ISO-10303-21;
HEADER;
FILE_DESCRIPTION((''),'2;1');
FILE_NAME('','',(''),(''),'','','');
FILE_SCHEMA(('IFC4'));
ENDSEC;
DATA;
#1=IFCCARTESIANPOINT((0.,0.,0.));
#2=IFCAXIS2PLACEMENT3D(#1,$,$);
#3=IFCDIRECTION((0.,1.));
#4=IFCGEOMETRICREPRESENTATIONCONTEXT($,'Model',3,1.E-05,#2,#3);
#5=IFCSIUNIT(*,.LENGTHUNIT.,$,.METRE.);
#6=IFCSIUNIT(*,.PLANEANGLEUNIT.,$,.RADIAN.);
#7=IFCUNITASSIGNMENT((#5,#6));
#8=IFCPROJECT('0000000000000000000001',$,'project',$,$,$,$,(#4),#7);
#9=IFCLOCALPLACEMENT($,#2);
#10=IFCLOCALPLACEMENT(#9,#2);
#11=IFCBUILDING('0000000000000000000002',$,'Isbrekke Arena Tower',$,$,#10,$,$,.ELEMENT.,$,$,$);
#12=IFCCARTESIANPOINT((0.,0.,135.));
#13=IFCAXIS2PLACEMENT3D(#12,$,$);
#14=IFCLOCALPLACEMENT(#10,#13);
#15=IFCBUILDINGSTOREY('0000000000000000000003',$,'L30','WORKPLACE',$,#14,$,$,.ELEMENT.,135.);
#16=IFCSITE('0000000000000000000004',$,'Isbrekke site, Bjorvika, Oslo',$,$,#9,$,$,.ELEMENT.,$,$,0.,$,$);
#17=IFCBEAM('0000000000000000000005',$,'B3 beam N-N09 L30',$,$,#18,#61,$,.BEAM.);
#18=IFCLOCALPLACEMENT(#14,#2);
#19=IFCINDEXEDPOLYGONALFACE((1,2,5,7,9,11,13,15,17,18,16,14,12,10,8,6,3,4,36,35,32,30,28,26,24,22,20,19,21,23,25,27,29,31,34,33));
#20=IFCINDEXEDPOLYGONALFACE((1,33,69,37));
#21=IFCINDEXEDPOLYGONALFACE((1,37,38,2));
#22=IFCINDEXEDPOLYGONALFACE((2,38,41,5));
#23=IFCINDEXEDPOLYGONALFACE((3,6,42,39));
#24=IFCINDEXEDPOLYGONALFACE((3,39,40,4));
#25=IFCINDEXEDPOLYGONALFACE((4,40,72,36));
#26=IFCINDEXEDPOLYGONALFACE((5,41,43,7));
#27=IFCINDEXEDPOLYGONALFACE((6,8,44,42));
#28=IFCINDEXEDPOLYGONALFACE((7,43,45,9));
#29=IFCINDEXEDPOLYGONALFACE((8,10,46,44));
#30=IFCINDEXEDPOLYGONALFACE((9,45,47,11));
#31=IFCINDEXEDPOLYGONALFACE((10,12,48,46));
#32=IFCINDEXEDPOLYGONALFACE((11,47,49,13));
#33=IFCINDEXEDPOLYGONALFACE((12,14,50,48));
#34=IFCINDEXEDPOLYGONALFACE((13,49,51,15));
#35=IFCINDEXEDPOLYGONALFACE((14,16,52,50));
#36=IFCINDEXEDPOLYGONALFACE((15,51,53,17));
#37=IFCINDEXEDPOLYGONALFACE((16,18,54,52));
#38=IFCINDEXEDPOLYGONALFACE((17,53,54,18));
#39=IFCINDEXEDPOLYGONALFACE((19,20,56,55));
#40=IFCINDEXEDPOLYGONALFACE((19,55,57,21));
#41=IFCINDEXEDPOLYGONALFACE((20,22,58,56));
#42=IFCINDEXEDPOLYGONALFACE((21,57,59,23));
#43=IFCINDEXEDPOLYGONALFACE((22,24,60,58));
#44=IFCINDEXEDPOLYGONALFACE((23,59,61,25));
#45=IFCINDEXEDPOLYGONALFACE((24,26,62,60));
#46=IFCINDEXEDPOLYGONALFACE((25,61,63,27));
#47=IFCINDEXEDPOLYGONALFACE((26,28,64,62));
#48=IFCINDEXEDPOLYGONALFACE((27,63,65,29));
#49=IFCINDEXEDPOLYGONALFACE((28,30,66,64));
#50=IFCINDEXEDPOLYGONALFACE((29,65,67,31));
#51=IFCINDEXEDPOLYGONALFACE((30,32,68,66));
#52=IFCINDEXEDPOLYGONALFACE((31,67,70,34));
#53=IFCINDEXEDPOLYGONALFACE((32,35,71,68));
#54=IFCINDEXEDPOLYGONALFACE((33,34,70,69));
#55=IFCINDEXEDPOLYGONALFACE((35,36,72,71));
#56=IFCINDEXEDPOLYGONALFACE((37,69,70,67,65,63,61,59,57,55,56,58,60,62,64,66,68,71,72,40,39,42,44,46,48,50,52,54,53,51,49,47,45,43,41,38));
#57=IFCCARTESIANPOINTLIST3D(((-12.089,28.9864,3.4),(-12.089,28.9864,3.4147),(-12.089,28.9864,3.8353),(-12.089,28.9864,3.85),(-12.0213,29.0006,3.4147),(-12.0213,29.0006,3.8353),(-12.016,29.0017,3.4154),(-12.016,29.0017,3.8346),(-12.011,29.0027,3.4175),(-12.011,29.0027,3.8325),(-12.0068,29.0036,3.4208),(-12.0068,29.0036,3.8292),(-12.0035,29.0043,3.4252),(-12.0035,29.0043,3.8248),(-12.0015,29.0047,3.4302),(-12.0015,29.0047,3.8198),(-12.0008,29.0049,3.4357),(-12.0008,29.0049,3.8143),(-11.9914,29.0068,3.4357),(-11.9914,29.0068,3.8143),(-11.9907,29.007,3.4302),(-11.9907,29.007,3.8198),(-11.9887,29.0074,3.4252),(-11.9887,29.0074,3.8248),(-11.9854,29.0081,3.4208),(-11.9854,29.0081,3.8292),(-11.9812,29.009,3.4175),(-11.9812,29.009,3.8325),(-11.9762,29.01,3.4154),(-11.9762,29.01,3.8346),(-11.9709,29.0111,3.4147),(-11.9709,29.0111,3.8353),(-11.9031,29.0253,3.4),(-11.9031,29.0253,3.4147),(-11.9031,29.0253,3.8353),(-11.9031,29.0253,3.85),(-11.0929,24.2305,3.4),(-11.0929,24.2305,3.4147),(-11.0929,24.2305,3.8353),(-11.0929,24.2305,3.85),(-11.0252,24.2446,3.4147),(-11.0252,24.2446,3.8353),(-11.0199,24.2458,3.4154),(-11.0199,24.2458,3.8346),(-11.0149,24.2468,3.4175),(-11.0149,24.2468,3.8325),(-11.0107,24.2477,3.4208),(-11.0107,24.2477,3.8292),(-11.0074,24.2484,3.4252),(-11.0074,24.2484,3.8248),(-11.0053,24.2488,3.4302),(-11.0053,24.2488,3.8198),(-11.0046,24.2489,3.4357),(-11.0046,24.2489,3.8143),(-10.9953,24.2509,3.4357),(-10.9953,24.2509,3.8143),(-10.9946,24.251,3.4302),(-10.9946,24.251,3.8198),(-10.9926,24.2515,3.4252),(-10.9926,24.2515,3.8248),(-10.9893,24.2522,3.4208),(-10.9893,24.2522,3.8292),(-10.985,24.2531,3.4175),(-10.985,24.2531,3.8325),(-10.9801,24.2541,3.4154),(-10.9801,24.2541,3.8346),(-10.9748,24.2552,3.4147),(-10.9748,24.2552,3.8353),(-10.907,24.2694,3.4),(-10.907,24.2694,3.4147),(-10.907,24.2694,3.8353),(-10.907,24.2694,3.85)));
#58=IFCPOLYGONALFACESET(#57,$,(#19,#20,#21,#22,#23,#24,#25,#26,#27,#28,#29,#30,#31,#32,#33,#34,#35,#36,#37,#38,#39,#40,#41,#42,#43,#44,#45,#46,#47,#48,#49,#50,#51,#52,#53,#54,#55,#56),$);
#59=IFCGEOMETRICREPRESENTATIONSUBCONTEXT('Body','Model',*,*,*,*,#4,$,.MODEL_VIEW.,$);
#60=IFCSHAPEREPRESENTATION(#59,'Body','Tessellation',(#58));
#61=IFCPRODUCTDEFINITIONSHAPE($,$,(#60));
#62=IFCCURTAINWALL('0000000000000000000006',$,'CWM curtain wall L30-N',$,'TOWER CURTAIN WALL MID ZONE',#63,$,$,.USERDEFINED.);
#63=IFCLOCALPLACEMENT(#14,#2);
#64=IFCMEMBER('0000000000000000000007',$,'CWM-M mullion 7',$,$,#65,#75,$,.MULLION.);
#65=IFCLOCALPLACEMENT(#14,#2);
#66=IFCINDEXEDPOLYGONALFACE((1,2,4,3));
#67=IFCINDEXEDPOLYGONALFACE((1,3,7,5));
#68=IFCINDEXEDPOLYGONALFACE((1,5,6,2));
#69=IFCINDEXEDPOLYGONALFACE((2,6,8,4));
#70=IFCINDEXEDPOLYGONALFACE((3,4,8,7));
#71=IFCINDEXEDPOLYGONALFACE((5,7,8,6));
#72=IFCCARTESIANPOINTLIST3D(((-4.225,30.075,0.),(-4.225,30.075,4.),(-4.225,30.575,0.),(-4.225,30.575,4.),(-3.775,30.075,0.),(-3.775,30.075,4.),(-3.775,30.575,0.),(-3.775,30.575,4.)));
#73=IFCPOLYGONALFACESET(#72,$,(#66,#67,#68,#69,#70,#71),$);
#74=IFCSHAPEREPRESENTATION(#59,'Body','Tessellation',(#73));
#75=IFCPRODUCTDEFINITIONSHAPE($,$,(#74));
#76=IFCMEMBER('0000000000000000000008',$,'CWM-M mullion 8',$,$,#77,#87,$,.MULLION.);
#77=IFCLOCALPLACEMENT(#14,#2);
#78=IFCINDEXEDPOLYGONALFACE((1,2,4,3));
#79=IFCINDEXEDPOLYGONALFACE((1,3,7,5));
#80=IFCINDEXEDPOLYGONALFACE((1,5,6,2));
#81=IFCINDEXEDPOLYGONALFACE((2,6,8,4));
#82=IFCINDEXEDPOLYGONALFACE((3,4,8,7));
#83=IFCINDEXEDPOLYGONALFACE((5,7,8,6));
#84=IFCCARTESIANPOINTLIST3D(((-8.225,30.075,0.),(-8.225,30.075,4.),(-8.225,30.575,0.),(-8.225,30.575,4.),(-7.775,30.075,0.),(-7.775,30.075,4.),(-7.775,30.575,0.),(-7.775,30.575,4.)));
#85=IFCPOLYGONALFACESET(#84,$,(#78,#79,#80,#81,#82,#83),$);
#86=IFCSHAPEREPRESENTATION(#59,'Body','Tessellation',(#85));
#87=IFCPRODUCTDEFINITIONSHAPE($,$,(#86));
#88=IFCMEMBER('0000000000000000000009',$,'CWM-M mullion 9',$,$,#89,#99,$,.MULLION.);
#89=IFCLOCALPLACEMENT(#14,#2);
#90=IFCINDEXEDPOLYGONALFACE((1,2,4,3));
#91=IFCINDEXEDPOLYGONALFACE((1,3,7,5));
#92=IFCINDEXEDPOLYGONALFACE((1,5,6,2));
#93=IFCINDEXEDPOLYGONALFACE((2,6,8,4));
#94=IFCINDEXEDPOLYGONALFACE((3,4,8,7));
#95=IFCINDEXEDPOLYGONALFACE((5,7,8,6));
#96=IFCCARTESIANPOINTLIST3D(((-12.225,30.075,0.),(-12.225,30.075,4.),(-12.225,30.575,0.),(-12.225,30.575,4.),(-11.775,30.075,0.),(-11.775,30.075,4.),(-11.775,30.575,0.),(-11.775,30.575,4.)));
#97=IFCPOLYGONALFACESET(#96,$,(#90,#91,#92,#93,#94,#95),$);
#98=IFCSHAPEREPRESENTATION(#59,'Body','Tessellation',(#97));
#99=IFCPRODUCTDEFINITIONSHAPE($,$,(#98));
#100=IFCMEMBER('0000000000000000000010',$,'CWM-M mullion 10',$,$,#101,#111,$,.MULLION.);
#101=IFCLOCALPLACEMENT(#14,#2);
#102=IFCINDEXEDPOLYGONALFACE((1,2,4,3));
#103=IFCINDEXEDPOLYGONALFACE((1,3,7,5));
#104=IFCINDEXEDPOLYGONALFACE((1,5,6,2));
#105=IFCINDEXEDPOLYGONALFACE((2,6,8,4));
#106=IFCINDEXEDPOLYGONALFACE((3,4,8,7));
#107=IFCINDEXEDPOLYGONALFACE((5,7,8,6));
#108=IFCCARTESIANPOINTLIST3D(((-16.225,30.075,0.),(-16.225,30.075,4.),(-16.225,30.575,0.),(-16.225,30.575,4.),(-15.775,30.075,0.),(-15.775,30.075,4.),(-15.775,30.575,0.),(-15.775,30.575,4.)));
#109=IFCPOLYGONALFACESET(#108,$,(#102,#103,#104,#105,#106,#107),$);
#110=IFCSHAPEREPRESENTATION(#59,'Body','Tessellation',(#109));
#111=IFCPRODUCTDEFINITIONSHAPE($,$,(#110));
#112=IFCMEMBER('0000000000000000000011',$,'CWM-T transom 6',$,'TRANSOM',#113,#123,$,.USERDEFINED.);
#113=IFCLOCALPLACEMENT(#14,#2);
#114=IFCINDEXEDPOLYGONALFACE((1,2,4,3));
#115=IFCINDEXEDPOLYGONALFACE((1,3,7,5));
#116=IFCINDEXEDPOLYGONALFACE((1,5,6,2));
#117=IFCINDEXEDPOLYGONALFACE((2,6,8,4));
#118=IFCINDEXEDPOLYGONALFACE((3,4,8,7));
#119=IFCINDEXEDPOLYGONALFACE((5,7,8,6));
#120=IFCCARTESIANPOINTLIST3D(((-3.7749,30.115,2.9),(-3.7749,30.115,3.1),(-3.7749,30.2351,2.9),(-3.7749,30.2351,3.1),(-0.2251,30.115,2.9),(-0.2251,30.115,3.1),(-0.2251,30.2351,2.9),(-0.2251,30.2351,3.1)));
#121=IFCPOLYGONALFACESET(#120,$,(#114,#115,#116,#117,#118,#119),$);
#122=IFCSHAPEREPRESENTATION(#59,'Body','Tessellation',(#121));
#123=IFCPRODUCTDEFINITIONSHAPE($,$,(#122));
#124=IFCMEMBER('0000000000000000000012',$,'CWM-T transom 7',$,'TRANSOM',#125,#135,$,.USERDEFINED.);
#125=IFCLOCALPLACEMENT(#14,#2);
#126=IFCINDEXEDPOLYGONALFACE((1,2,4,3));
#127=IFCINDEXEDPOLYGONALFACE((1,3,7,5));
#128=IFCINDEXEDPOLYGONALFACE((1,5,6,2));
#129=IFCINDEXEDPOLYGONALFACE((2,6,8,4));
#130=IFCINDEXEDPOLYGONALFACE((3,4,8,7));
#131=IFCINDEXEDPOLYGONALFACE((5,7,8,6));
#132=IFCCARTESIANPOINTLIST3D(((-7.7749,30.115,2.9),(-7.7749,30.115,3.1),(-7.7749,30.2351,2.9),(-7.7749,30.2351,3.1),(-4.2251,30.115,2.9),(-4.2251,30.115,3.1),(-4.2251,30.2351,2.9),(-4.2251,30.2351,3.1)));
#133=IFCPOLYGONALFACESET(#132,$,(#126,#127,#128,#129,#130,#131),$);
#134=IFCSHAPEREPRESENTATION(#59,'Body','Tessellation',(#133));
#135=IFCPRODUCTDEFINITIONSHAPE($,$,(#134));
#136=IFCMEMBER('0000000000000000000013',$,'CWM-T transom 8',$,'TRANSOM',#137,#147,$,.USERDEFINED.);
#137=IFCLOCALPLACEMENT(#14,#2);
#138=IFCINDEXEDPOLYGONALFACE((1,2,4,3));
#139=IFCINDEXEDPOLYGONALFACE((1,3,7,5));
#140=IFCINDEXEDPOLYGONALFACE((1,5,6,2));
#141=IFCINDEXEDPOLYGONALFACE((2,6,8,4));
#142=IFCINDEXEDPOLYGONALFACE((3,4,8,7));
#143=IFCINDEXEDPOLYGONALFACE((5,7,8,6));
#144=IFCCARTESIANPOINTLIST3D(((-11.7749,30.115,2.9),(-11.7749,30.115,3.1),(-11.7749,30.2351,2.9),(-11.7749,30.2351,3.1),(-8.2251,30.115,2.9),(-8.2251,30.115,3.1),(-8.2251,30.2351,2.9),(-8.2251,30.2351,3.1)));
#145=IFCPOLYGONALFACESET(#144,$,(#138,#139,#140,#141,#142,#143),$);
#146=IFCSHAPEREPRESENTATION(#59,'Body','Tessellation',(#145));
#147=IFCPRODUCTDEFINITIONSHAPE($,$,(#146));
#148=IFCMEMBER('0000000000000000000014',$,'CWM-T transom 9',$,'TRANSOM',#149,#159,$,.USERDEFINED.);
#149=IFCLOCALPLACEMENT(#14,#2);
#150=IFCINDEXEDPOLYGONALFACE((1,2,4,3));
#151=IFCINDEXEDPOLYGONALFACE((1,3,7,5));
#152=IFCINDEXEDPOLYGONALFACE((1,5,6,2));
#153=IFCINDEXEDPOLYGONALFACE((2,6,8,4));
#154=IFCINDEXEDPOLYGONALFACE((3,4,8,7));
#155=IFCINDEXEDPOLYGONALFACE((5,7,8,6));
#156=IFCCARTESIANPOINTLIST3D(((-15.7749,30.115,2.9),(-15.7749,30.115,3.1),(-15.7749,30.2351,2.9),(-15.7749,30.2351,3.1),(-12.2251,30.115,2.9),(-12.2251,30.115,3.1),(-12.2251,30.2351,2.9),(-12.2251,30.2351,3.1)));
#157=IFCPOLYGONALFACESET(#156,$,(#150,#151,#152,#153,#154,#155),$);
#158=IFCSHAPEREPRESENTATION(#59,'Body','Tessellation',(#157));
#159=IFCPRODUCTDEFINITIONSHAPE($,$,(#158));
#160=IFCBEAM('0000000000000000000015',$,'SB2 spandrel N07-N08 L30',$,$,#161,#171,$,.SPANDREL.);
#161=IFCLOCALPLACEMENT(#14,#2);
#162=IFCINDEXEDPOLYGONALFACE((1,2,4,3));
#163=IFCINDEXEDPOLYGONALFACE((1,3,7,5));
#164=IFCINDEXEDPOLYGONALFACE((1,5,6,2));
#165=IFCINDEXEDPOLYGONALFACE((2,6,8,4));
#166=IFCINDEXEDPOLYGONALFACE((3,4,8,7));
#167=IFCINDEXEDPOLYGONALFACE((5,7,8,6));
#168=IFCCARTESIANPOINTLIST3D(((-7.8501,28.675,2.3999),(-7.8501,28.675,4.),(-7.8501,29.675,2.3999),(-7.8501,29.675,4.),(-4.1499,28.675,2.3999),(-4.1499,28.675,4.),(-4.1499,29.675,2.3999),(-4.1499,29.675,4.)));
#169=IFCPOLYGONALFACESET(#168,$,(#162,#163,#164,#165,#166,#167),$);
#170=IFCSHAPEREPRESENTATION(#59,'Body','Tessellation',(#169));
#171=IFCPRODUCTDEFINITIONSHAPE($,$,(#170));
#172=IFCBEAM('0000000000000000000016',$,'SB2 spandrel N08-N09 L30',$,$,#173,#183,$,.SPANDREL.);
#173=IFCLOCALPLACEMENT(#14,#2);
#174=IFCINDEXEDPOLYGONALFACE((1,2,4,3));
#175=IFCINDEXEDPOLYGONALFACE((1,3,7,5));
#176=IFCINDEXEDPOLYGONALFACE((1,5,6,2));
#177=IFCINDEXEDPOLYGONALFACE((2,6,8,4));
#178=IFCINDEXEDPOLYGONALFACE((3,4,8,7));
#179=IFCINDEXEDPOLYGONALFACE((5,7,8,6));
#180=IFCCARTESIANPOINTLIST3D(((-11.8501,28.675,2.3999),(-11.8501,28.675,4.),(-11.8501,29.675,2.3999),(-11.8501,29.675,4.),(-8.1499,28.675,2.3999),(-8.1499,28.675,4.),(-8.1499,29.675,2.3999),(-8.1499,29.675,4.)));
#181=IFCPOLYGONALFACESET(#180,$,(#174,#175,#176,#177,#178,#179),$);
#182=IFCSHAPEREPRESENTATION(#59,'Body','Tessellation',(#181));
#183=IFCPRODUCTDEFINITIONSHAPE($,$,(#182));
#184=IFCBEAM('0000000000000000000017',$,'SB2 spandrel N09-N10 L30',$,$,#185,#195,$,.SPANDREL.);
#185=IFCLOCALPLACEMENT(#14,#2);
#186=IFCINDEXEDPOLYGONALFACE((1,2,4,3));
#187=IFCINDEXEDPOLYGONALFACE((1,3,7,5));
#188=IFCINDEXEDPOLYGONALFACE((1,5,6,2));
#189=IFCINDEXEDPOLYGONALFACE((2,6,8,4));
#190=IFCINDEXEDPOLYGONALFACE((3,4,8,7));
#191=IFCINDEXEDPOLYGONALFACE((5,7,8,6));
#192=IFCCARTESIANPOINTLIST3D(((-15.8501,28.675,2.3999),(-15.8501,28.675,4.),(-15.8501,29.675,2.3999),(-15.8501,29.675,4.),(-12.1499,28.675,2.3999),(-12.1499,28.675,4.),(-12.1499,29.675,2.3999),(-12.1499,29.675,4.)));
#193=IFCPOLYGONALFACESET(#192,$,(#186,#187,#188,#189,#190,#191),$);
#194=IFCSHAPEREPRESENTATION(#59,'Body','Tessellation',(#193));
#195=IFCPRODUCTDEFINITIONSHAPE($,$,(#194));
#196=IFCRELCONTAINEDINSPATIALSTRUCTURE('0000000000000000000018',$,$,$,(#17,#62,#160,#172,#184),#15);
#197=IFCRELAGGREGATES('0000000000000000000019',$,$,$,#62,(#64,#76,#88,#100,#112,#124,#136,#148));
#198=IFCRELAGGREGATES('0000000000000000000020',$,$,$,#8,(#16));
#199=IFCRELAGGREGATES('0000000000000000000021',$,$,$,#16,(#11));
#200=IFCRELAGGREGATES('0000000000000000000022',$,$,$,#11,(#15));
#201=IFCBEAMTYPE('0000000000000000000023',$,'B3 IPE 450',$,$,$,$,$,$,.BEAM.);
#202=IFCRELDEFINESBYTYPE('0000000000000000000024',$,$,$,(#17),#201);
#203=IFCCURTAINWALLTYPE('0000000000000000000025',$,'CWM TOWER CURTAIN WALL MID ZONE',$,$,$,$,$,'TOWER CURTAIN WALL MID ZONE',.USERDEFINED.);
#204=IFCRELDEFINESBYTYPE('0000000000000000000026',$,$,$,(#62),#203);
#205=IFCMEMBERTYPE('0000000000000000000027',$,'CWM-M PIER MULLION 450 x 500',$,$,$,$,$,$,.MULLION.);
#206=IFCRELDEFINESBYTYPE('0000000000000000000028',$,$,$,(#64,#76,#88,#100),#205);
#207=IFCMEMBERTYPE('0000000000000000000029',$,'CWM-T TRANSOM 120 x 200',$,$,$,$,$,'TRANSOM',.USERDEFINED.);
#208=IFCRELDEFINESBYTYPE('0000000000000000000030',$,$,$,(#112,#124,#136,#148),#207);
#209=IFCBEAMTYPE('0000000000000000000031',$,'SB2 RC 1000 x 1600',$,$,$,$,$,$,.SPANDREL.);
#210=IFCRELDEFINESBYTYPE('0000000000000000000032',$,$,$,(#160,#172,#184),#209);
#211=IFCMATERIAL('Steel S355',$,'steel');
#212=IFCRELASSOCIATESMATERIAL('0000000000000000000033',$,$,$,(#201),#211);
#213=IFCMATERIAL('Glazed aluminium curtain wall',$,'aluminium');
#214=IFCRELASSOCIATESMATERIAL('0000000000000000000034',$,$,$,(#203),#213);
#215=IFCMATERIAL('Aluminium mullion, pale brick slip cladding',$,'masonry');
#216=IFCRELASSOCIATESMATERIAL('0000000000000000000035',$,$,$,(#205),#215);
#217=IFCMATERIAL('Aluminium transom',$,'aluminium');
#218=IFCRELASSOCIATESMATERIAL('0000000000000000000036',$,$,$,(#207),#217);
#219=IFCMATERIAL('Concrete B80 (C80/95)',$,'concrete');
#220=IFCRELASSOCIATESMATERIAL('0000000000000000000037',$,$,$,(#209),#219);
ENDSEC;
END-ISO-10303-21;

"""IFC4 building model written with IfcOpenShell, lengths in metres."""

from ifc_helpers import new_model, si_unit, direction, frame, origin, origin_2d, place, context, subcontext, project, spatial, rectangle, i_section, extrude, material, material_profile, profile_set, type_object, element, aggregate, save


model = new_model("IFC4")

# Units and contexts
model_context = context("Model", 3, precision=1e-05, world=origin(), true_north=direction((0.0, 1.0)))
body_context = subcontext(model_context, "Body", "Model", "MODEL_VIEW")
ifc_project = project(units=[si_unit("LENGTHUNIT", "METRE"), si_unit("PLANEANGLEUNIT", "RADIAN")], contexts=[model_context])

# Site, building, storey
site_placement = place(None, origin())
site = spatial("IfcSite", under=ifc_project, at=site_placement, Name="Isbrekke site, Bjorvika, Oslo", CompositionType="ELEMENT", RefElevation=0.0)
building_placement = place(site_placement, origin())
building = spatial("IfcBuilding", under=site, at=building_placement, Name="Isbrekke Arena Tower", CompositionType="ELEMENT")
storey_placement = place(building_placement, frame((0.0, 0.0, 135.0)))
storey = spatial("IfcBuildingStorey", under=building, at=storey_placement, Name="L30", Description="WORKPLACE", CompositionType="ELEMENT", Elevation=135.0)

# Beam
ifc_material_1 = material(Name="Steel S355", Category="steel")
ifc_material_profile_1 = material_profile(ifc_material_1, i_section(OverallWidth=0.1899, OverallDepth=0.45, WebThickness=0.0095, FlangeThickness=0.0146, FilletRadius=0.021, at=origin_2d()), Name="IPE 450")
ifc_profile_set_1 = profile_set([ifc_material_profile_1], Name="Steel S355")
beam_type_1 = type_object("IfcBeamType", Name="B3 IPE 450", PredefinedType="BEAM", material=ifc_profile_set_1)
beam_1_placement = place(storey_placement, frame((-11.9961, 29.0059, 3.625), z_axis=(0.204997, -0.978762, 0.0), x_axis=(0.978762, 0.204997, 0.0)))
element("IfcBeam", 1, at=beam_1_placement, inside=storey, type_object=beam_type_1, Name="B3 beam N-N09 L30", PredefinedType="BEAM", context=body_context, shape_type="SweptSolid", body=[
    extrude(i_section(OverallWidth=0.1899, OverallDepth=0.45, WebThickness=0.0095, FlangeThickness=0.0146, FilletRadius=0.021, at=origin_2d()), origin(), (0.0, 0.0, 1.0), 4.8591),
])

# Curtain wall, members
ifc_material_2 = material(Name="Glazed aluminium curtain wall", Category="aluminium")
curtain_wall_type = type_object("IfcCurtainWallType", Name="CWM TOWER CURTAIN WALL MID ZONE", ElementType="TOWER CURTAIN WALL MID ZONE", PredefinedType="USERDEFINED", material=ifc_material_2)
curtain_wall_placement = place(storey_placement, origin())
curtain_wall = element("IfcCurtainWall", 2, at=curtain_wall_placement, inside=storey, type_object=curtain_wall_type, Name="CWM curtain wall L30-N", ObjectType="TOWER CURTAIN WALL MID ZONE", PredefinedType="USERDEFINED")
ifc_material_3 = material(Name="Aluminium mullion, pale brick slip cladding", Category="masonry")
ifc_material_profile_2 = material_profile(ifc_material_3, rectangle(XDim=0.45, YDim=0.5, at=origin_2d()), Name="PIER 450X500")
ifc_profile_set_2 = profile_set([ifc_material_profile_2], Name="Aluminium mullion, pale brick slip cladding")
member_type_1 = type_object("IfcMemberType", Name="CWM-M PIER MULLION 450 x 500", PredefinedType="MULLION", material=ifc_profile_set_2)
member_1_placement = place(storey_placement, frame((-4.0, 30.325, 0.0), z_axis=(0.0, 0.0, 1.0), x_axis=(-1.0, 0.0, 0.0)))
member_1 = element("IfcMember", 3, at=member_1_placement, type_object=member_type_1, Name="CWM-M mullion 7", PredefinedType="MULLION", context=body_context, shape_type="SweptSolid", body=[
    extrude(rectangle(XDim=0.45, YDim=0.5, at=origin_2d()), origin(), (0.0, 0.0, 1.0), 4.0),
])
member_2_placement = place(storey_placement, frame((-8.0, 30.325, 0.0), z_axis=(0.0, 0.0, 1.0), x_axis=(-1.0, 0.0, 0.0)))
member_2 = element("IfcMember", 4, at=member_2_placement, type_object=member_type_1, Name="CWM-M mullion 8", PredefinedType="MULLION", context=body_context, shape_type="SweptSolid", body=[
    extrude(rectangle(XDim=0.45, YDim=0.5, at=origin_2d()), origin(), (0.0, 0.0, 1.0), 4.0),
])
member_3_placement = place(storey_placement, frame((-12.0, 30.325, 0.0), z_axis=(0.0, 0.0, 1.0), x_axis=(-1.0, 0.0, 0.0)))
member_3 = element("IfcMember", 5, at=member_3_placement, type_object=member_type_1, Name="CWM-M mullion 9", PredefinedType="MULLION", context=body_context, shape_type="SweptSolid", body=[
    extrude(rectangle(XDim=0.45, YDim=0.5, at=origin_2d()), origin(), (0.0, 0.0, 1.0), 4.0),
])
member_4_placement = place(storey_placement, frame((-16.0, 30.325, 0.0), z_axis=(0.0, 0.0, 1.0), x_axis=(-1.0, 0.0, 0.0)))
member_4 = element("IfcMember", 6, at=member_4_placement, type_object=member_type_1, Name="CWM-M mullion 10", PredefinedType="MULLION", context=body_context, shape_type="SweptSolid", body=[
    extrude(rectangle(XDim=0.45, YDim=0.5, at=origin_2d()), origin(), (0.0, 0.0, 1.0), 4.0),
])
ifc_material_4 = material(Name="Aluminium transom", Category="aluminium")
ifc_material_profile_3 = material_profile(ifc_material_4, rectangle(XDim=0.1201, YDim=0.2, at=origin_2d()), Name="TRANSOM 120X200")
ifc_profile_set_3 = profile_set([ifc_material_profile_3], Name="Aluminium transom")
member_type_2 = type_object("IfcMemberType", Name="CWM-T TRANSOM 120 x 200", ElementType="TRANSOM", PredefinedType="USERDEFINED", material=ifc_profile_set_3)
member_5_placement = place(storey_placement, frame((-0.2251, 30.175, 3.0), z_axis=(-1.0, 0.0, 0.0), x_axis=(0.0, -1.0, 0.0)))
member_5 = element("IfcMember", 7, at=member_5_placement, type_object=member_type_2, Name="CWM-T transom 6", ObjectType="TRANSOM", PredefinedType="USERDEFINED", context=body_context, shape_type="SweptSolid", body=[
    extrude(rectangle(XDim=0.1201, YDim=0.2, at=origin_2d()), origin(), (0.0, 0.0, 1.0), 3.5498),
])
member_6_placement = place(storey_placement, frame((-4.2251, 30.175, 3.0), z_axis=(-1.0, 0.0, 0.0), x_axis=(0.0, -1.0, 0.0)))
member_6 = element("IfcMember", 8, at=member_6_placement, type_object=member_type_2, Name="CWM-T transom 7", ObjectType="TRANSOM", PredefinedType="USERDEFINED", context=body_context, shape_type="SweptSolid", body=[
    extrude(rectangle(XDim=0.1201, YDim=0.2, at=origin_2d()), origin(), (0.0, 0.0, 1.0), 3.5498),
])
member_7_placement = place(storey_placement, frame((-8.2251, 30.175, 3.0), z_axis=(-1.0, 0.0, 0.0), x_axis=(0.0, -1.0, 0.0)))
member_7 = element("IfcMember", 9, at=member_7_placement, type_object=member_type_2, Name="CWM-T transom 8", ObjectType="TRANSOM", PredefinedType="USERDEFINED", context=body_context, shape_type="SweptSolid", body=[
    extrude(rectangle(XDim=0.1201, YDim=0.2, at=origin_2d()), origin(), (0.0, 0.0, 1.0), 3.5498),
])
member_8_placement = place(storey_placement, frame((-12.2251, 30.175, 3.0), z_axis=(-1.0, 0.0, 0.0), x_axis=(0.0, -1.0, 0.0)))
member_8 = element("IfcMember", 10, at=member_8_placement, type_object=member_type_2, Name="CWM-T transom 9", ObjectType="TRANSOM", PredefinedType="USERDEFINED", context=body_context, shape_type="SweptSolid", body=[
    extrude(rectangle(XDim=0.1201, YDim=0.2, at=origin_2d()), origin(), (0.0, 0.0, 1.0), 3.5498),
])

# Beams
ifc_material_5 = material(Name="Concrete B80 (C80/95)", Category="concrete")
ifc_material_profile_4 = material_profile(ifc_material_5, rectangle(XDim=1.0, YDim=1.6001, at=origin_2d()), Name="RC 1000x1600")
ifc_profile_set_4 = profile_set([ifc_material_profile_4], Name="Concrete B80 (C80/95)")
beam_type_2 = type_object("IfcBeamType", Name="SB2 RC 1000 x 1600", PredefinedType="SPANDREL", material=ifc_profile_set_4)
for number, where, z_axis, x_axis, name in (
    (11, (-4.1499, 29.175, 3.2), (-1.0, 0.0, 0.0), (0.0, -1.0, 0.0), "SB2 spandrel N07-N08 L30"),
    (12, (-8.1499, 29.175, 3.2), (-1.0, 0.0, 0.0), (0.0, -1.0, 0.0), "SB2 spandrel N08-N09 L30"),
    (13, (-12.1499, 29.175, 3.2), (-1.0, 0.0, 0.0), (0.0, -1.0, 0.0), "SB2 spandrel N09-N10 L30"),
):
    element("IfcBeam", number, at=place(storey_placement, frame(where, z_axis=z_axis, x_axis=x_axis)), inside=storey, type_object=beam_type_2, Name=name, PredefinedType="SPANDREL", context=body_context, shape_type="SweptSolid", body=[
        extrude(rectangle(XDim=1.0, YDim=1.6001, at=origin_2d()), origin(), (0.0, 0.0, 1.0), 3.7002),
    ])

aggregate(curtain_wall, [member_1, member_2, member_3, member_4, member_5, member_6, member_7, member_8])

save(model, "model.ifc")
